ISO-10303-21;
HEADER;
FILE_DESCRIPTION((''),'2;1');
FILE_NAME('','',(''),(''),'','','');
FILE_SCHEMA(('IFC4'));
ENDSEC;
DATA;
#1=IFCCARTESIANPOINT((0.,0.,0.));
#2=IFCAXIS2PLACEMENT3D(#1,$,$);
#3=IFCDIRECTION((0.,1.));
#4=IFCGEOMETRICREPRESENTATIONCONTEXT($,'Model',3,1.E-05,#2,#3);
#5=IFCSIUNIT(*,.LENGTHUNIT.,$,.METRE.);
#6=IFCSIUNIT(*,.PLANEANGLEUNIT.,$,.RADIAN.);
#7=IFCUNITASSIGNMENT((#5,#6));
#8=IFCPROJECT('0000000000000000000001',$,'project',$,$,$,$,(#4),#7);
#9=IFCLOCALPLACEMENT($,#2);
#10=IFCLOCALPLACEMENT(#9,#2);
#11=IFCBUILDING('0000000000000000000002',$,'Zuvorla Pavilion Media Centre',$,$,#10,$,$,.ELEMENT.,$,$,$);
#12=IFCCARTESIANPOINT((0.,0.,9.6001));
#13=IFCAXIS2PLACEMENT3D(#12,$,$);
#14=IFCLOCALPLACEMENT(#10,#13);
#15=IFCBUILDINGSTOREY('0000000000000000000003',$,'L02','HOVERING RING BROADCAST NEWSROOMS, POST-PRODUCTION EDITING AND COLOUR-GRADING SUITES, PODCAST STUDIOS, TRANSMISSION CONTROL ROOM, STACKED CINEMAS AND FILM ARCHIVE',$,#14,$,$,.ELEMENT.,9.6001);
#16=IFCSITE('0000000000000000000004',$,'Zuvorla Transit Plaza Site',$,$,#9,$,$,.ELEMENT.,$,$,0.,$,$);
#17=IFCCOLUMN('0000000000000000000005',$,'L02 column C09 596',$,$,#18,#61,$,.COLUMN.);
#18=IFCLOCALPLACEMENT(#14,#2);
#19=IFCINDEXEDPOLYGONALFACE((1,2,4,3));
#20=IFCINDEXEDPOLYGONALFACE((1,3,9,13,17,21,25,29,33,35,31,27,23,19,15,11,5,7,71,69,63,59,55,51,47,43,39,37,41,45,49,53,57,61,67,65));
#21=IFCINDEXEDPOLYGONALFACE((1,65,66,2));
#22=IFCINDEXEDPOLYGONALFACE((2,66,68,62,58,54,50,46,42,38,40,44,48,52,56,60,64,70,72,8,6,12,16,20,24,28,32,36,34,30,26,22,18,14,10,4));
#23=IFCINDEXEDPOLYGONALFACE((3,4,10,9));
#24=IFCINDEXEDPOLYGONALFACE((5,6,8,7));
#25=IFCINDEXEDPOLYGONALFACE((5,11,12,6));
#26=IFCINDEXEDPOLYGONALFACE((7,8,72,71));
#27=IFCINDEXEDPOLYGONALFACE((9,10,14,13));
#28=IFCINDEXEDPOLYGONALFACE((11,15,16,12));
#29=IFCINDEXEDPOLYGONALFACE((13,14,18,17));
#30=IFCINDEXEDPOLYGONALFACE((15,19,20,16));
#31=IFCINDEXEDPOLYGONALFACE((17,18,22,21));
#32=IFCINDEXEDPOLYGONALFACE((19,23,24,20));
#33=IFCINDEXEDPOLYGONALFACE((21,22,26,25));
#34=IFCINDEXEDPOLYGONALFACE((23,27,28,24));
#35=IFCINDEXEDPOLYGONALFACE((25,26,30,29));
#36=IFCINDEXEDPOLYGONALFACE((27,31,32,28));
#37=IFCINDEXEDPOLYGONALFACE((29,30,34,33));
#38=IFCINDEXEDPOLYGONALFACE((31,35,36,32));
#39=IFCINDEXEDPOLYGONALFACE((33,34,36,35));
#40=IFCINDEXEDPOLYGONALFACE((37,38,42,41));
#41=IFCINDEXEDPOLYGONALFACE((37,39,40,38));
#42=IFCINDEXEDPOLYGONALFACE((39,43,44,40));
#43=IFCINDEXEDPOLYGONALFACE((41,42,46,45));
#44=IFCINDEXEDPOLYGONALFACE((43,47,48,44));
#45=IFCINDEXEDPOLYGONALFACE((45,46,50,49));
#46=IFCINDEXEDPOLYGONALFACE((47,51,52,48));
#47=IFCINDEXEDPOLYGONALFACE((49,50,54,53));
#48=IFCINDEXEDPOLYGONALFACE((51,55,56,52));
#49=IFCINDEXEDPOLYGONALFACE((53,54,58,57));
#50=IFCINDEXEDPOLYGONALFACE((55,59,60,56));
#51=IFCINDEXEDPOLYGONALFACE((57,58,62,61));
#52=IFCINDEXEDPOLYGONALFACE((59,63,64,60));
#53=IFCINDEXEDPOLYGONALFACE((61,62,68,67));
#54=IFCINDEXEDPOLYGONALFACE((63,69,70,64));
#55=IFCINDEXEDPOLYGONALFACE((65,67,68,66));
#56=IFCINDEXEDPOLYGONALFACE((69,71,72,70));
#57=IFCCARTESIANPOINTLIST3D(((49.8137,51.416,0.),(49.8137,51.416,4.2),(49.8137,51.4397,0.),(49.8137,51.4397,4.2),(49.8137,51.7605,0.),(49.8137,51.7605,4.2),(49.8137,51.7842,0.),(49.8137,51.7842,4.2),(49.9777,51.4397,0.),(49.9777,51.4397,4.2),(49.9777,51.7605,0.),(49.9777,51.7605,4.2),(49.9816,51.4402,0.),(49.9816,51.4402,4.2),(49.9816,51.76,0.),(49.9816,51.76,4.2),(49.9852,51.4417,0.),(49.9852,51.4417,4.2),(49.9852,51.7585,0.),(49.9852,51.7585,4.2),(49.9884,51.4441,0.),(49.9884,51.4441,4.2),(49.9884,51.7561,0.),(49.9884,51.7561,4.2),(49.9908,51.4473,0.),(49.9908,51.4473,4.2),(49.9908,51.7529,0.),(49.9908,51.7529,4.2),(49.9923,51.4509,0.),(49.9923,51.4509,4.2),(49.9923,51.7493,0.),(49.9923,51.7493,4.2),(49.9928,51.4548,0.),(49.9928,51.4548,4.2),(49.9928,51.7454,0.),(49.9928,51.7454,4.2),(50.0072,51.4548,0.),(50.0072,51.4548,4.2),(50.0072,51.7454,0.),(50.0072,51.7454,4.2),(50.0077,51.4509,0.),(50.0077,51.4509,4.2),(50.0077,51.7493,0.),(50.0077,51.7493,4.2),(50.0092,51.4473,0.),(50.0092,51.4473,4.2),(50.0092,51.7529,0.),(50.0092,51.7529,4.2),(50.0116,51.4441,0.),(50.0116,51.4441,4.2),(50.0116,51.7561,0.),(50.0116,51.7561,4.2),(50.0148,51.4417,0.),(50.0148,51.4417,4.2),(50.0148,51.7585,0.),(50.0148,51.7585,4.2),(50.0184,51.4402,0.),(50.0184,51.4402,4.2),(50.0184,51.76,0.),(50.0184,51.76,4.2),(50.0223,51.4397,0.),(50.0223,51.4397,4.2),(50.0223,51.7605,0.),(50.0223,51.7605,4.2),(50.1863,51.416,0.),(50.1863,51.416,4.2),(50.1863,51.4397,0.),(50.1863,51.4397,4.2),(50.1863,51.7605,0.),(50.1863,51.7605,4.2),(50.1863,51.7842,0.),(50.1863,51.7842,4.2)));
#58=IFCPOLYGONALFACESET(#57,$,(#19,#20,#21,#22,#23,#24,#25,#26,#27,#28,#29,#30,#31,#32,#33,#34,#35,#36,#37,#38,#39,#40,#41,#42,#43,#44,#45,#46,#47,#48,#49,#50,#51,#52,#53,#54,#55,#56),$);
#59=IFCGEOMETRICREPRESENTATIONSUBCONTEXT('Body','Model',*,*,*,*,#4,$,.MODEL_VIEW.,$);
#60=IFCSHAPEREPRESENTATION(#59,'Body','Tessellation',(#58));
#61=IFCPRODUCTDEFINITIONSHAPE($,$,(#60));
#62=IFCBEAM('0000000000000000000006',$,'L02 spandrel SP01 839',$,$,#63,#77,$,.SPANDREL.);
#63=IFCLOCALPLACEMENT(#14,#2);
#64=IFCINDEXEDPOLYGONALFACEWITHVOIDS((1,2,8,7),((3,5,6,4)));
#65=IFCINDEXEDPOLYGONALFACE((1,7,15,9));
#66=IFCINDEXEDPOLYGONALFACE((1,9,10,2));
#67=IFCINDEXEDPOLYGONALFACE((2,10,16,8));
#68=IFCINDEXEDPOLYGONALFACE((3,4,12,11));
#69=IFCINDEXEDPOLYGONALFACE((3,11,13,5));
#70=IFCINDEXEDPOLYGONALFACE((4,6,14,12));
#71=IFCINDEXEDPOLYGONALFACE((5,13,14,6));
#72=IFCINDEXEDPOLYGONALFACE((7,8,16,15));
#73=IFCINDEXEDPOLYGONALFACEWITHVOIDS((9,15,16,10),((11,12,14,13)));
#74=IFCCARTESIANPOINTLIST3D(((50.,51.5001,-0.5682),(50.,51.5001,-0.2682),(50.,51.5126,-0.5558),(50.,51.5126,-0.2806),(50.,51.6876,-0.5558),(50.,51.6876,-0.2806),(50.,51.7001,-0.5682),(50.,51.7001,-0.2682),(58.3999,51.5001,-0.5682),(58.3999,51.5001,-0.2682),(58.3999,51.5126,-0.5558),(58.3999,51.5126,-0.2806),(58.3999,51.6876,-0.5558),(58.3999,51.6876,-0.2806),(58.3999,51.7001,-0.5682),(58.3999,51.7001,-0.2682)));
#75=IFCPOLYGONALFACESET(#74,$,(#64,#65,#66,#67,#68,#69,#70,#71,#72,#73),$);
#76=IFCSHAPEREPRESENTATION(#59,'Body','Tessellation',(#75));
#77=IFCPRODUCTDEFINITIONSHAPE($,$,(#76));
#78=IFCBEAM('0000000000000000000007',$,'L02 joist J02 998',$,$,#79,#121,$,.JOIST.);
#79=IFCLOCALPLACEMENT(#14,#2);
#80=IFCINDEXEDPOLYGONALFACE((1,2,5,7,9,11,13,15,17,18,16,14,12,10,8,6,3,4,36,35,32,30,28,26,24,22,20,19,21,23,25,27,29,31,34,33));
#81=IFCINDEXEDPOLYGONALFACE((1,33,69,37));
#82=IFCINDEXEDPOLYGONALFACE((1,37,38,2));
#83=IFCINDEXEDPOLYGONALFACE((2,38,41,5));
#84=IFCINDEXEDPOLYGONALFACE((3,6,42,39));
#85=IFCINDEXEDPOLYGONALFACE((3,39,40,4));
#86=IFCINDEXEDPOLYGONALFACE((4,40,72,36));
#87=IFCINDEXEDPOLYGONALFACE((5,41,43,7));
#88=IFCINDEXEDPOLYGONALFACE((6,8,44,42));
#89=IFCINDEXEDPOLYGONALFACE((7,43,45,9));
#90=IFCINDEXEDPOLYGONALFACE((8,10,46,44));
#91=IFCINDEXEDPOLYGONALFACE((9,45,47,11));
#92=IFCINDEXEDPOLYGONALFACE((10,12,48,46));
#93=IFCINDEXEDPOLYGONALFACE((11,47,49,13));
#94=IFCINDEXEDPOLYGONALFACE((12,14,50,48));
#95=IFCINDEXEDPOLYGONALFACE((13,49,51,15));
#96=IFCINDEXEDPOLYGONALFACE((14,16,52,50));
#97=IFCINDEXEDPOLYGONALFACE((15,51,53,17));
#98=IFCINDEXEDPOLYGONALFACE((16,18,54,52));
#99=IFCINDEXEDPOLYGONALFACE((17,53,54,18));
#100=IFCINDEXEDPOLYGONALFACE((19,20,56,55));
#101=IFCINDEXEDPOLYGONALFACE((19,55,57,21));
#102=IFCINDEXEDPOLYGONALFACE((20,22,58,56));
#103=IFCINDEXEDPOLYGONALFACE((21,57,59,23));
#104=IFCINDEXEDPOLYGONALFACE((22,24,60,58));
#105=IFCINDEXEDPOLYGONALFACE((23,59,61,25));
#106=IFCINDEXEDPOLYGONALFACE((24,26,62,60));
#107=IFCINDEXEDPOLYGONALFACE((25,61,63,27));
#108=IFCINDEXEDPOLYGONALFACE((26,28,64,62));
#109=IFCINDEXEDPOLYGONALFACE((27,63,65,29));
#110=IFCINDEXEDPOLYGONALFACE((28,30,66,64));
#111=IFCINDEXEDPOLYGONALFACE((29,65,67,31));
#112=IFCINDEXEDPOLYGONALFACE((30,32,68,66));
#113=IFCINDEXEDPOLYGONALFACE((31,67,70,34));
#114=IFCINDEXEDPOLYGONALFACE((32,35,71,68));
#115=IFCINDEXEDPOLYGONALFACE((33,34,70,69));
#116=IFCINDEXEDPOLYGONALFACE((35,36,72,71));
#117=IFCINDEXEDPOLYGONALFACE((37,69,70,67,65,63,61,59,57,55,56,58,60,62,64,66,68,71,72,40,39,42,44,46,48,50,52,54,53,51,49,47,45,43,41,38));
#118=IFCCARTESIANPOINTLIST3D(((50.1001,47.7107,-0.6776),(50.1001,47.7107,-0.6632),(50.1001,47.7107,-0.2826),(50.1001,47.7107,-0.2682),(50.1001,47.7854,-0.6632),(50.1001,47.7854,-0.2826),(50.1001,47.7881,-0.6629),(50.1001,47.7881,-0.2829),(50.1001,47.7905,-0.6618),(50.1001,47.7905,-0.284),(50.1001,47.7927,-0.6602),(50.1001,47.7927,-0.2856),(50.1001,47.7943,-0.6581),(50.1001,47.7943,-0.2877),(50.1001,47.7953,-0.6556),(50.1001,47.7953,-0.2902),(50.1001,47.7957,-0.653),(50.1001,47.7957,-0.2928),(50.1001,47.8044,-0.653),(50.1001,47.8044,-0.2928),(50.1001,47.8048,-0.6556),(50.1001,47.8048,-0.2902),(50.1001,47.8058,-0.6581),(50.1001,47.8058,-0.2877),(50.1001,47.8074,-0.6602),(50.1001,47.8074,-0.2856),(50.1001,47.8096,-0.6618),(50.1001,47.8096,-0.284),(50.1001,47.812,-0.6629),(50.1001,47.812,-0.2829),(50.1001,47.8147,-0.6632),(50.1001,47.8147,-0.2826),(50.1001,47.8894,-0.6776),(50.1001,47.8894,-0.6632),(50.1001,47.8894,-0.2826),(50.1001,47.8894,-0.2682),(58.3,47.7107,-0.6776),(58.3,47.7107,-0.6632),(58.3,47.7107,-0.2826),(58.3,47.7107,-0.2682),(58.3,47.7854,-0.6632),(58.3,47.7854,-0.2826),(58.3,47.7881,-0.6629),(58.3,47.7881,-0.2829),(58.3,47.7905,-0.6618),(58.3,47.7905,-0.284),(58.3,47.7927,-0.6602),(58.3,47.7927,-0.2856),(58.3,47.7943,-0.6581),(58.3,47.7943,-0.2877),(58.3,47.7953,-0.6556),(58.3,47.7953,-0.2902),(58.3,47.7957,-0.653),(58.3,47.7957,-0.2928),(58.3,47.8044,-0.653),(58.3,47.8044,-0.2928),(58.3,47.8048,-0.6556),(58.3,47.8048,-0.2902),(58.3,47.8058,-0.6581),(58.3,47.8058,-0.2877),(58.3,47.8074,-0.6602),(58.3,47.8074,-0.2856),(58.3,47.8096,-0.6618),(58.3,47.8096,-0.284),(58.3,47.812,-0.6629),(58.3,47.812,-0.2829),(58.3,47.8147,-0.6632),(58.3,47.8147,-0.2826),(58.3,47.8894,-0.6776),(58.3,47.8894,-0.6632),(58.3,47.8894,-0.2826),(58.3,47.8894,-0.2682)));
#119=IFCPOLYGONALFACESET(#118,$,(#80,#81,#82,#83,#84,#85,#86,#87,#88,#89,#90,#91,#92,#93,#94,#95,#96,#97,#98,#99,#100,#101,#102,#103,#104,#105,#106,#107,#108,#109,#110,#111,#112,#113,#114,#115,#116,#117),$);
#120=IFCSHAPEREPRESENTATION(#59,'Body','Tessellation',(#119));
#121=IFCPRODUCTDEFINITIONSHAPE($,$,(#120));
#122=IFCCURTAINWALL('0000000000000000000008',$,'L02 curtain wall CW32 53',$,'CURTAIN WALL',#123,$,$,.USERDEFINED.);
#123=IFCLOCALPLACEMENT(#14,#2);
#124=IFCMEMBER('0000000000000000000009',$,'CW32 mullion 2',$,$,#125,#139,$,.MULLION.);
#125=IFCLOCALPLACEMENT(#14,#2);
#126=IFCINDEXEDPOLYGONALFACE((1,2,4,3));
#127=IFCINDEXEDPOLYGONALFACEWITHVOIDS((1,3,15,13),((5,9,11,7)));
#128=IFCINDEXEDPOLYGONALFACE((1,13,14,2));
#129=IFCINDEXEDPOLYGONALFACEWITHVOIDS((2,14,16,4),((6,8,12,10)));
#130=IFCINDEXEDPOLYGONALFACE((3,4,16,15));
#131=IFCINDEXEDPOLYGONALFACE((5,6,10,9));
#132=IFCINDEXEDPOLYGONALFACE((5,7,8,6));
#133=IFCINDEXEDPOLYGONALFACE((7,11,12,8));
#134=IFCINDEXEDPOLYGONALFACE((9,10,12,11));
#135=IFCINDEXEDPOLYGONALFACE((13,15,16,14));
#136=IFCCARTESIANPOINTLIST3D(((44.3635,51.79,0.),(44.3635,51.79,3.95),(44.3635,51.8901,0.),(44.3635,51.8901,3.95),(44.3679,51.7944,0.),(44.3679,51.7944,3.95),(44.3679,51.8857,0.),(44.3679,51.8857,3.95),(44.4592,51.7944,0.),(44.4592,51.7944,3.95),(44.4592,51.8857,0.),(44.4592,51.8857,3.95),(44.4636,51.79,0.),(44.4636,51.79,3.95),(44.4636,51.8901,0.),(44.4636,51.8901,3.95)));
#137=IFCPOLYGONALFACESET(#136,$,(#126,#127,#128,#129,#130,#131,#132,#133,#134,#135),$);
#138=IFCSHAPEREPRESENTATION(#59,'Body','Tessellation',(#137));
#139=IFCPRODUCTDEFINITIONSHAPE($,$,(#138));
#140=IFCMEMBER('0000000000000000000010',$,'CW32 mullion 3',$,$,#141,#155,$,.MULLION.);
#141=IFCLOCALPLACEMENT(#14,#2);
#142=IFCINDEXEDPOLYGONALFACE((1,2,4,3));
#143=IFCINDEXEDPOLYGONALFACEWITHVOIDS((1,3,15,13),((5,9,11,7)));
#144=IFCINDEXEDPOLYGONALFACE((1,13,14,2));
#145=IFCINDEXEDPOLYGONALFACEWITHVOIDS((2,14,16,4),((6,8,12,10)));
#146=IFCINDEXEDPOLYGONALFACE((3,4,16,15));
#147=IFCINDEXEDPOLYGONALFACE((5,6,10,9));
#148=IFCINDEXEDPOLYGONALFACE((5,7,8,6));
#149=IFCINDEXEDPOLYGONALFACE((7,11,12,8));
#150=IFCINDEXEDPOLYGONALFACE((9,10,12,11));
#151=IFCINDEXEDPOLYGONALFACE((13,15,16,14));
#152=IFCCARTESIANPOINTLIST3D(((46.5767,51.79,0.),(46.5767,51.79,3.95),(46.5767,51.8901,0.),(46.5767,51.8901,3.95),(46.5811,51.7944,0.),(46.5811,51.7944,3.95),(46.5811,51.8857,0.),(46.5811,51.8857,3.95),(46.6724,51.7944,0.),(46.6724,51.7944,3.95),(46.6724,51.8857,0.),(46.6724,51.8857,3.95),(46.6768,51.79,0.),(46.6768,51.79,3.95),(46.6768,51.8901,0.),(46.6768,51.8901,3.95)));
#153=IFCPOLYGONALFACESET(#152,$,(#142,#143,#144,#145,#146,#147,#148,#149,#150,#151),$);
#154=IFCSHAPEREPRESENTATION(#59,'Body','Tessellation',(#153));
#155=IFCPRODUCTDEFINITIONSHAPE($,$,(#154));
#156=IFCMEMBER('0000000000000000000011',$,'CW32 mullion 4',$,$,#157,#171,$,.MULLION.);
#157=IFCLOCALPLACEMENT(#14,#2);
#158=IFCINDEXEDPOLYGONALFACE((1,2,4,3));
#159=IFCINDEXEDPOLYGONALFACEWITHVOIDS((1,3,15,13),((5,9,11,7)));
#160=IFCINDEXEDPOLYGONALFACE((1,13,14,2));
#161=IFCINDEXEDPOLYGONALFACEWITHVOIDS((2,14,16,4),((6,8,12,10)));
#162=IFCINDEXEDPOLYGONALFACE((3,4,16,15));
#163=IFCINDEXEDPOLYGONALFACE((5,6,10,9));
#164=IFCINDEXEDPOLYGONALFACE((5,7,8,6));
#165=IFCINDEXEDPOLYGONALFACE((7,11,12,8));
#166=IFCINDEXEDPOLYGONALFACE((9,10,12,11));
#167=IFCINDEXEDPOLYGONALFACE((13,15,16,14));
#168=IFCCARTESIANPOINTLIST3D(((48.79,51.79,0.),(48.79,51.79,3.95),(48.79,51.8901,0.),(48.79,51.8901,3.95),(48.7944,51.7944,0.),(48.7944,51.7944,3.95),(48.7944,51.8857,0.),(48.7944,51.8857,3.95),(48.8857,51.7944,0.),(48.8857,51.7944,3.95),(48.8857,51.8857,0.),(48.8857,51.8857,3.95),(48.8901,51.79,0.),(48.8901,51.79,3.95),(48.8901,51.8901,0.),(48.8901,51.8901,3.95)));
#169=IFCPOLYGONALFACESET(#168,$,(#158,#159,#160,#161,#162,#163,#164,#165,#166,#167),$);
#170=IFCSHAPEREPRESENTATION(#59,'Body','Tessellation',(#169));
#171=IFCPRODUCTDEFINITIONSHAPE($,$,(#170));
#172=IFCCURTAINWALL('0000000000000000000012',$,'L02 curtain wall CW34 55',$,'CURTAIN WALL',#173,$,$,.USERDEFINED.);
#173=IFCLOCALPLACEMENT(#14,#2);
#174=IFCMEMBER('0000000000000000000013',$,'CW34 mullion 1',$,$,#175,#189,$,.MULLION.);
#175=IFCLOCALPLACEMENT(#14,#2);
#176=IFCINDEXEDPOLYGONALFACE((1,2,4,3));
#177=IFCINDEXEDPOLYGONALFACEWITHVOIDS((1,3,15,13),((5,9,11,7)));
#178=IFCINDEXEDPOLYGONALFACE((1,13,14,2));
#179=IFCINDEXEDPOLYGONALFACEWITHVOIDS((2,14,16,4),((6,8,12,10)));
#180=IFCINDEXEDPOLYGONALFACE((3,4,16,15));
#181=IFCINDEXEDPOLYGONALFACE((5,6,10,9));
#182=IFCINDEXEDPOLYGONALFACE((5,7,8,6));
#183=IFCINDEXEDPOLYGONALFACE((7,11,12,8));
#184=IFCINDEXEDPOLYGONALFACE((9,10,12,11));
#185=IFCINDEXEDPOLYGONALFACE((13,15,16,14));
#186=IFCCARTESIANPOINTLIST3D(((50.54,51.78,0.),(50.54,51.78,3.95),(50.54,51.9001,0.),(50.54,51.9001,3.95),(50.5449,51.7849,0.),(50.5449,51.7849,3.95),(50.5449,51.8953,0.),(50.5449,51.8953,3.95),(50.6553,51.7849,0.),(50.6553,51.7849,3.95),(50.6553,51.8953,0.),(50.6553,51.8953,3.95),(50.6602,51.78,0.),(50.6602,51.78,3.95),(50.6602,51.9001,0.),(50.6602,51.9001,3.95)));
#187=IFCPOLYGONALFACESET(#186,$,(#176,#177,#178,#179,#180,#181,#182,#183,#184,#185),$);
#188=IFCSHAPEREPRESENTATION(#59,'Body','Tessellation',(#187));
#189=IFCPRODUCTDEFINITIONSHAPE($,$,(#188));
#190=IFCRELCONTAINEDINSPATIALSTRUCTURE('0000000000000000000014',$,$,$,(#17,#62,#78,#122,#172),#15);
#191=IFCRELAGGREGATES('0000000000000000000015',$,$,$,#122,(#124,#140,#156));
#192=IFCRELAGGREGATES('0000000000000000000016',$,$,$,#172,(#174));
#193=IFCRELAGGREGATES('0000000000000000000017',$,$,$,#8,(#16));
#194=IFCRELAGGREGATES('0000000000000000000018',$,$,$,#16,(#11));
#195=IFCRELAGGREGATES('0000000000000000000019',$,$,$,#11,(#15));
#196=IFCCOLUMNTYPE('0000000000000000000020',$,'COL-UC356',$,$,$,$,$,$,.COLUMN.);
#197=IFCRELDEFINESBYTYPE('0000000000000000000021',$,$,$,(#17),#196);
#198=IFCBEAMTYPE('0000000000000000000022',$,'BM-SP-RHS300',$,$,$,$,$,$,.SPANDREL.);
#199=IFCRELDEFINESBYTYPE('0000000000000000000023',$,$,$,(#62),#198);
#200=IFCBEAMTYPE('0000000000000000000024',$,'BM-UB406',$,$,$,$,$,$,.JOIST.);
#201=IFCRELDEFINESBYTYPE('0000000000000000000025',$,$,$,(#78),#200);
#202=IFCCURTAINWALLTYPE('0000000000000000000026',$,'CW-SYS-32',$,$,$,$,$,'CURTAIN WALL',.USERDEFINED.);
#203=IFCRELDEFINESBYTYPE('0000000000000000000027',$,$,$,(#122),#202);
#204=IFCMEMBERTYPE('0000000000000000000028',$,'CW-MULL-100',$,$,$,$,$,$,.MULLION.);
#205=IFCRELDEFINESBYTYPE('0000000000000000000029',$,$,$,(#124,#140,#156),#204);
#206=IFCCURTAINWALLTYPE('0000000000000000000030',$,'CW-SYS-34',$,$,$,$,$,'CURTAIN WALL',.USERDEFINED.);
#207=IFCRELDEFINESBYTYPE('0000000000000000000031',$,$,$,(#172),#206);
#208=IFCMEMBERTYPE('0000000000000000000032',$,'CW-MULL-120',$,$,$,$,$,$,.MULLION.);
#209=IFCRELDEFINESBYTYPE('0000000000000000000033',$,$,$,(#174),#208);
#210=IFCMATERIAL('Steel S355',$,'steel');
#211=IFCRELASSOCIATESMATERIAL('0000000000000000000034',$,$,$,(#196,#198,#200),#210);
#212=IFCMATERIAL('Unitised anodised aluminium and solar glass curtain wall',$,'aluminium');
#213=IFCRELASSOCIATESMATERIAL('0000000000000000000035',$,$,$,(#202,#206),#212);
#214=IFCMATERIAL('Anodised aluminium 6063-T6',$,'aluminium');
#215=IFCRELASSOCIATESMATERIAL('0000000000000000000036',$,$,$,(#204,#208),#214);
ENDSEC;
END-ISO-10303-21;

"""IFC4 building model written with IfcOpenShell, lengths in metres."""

from ifc_helpers import new_model, si_unit, direction, frame, origin, origin_2d, place, context, subcontext, project, spatial, hollow_rectangle, i_section, extrude, material, material_profile, profile_set, type_object, element, aggregate, save


model = new_model("IFC4")

# Units and contexts
model_context = context("Model", 3, precision=1e-05, world=origin(), true_north=direction((0.0, 1.0)))
body_context = subcontext(model_context, "Body", "Model", "MODEL_VIEW")
ifc_project = project(units=[si_unit("LENGTHUNIT", "METRE"), si_unit("PLANEANGLEUNIT", "RADIAN")], contexts=[model_context])

# Site, building, storey
site_placement = place(None, origin())
site = spatial("IfcSite", under=ifc_project, at=site_placement, Name="Zuvorla Transit Plaza Site", CompositionType="ELEMENT", RefElevation=0.0)
building_placement = place(site_placement, origin())
building = spatial("IfcBuilding", under=site, at=building_placement, Name="Zuvorla Pavilion Media Centre", CompositionType="ELEMENT")
storey_placement = place(building_placement, frame((0.0, 0.0, 9.6001)))
storey = spatial("IfcBuildingStorey", under=building, at=storey_placement, Name="L02", Description="HOVERING RING BROADCAST NEWSROOMS, POST-PRODUCTION EDITING AND COLOUR-GRADING SUITES, PODCAST STUDIOS, TRANSMISSION CONTROL ROOM, STACKED CINEMAS AND FILM ARCHIVE", CompositionType="ELEMENT", Elevation=9.6001)

# Column
ifc_material_1 = material(Name="Steel S355", Category="steel")
ifc_material_profile_1 = material_profile(ifc_material_1, i_section(OverallWidth=0.3726, OverallDepth=0.3682, WebThickness=0.0144, FlangeThickness=0.0237, FilletRadius=0.0151, at=origin_2d()), Name="UC 356x368x177")
ifc_profile_set_1 = profile_set([ifc_material_profile_1], Name="Steel S355")
column_type = type_object("IfcColumnType", Name="COL-UC356", PredefinedType="COLUMN", material=ifc_profile_set_1)
column_placement = place(storey_placement, frame((50.0, 51.6001, 0.0), z_axis=(0.0, 0.0, 1.0), x_axis=(1.0, 0.0, 0.0)))
element("IfcColumn", 1, at=column_placement, inside=storey, type_object=column_type, Name="L02 column C09 596", PredefinedType="COLUMN", context=body_context, shape_type="SweptSolid", body=[
    extrude(i_section(OverallWidth=0.3726, OverallDepth=0.3682, WebThickness=0.0144, FlangeThickness=0.0237, FilletRadius=0.0151, at=origin_2d()), origin(), (0.0, 0.0, 1.0), 4.2),
])

# Beams
ifc_material_profile_2 = material_profile(ifc_material_1, hollow_rectangle(XDim=0.2, YDim=0.3, WallThickness=0.0125, at=origin_2d()), Name="RHS 300x200x12.5")
ifc_profile_set_2 = profile_set([ifc_material_profile_2], Name="Steel S355")
beam_type_1 = type_object("IfcBeamType", Name="BM-SP-RHS300", PredefinedType="SPANDREL", material=ifc_profile_set_2)
beam_1_placement = place(storey_placement, frame((50.0, 51.6001, -0.4182), z_axis=(1.0, 0.0, 0.0), x_axis=(0.0, 1.0, 0.0)))
element("IfcBeam", 2, at=beam_1_placement, inside=storey, type_object=beam_type_1, Name="L02 spandrel SP01 839", PredefinedType="SPANDREL", context=body_context, shape_type="SweptSolid", body=[
    extrude(hollow_rectangle(XDim=0.2, YDim=0.3, WallThickness=0.0125, at=origin_2d()), origin(), (0.0, 0.0, 1.0), 8.3999),
])
ifc_material_profile_3 = material_profile(ifc_material_1, i_section(OverallWidth=0.1787, OverallDepth=0.4094, WebThickness=0.0088, FlangeThickness=0.0144, FilletRadius=0.0103, at=origin_2d()), Name="UB 406x178x67")
ifc_profile_set_3 = profile_set([ifc_material_profile_3], Name="Steel S355")
beam_type_2 = type_object("IfcBeamType", Name="BM-UB406", PredefinedType="JOIST", material=ifc_profile_set_3)
beam_2_placement = place(storey_placement, frame((50.1001, 47.8, -0.4729), z_axis=(1.0, 0.0, 0.0), x_axis=(0.0, 1.0, 0.0)))
element("IfcBeam", 3, at=beam_2_placement, inside=storey, type_object=beam_type_2, Name="L02 joist J02 998", PredefinedType="JOIST", context=body_context, shape_type="SweptSolid", body=[
    extrude(i_section(OverallWidth=0.1787, OverallDepth=0.4094, WebThickness=0.0088, FlangeThickness=0.0144, FilletRadius=0.0103, at=origin_2d()), origin(), (0.0, 0.0, 1.0), 8.2),
])

# Curtain walls, members
ifc_material_2 = material(Name="Unitised anodised aluminium and solar glass curtain wall", Category="aluminium")
curtain_wall_type_1 = type_object("IfcCurtainWallType", Name="CW-SYS-32", ElementType="CURTAIN WALL", PredefinedType="USERDEFINED", material=ifc_material_2)
curtain_wall_1_placement = place(storey_placement, origin())
curtain_wall_1 = element("IfcCurtainWall", 4, at=curtain_wall_1_placement, inside=storey, type_object=curtain_wall_type_1, Name="L02 curtain wall CW32 53", ObjectType="CURTAIN WALL", PredefinedType="USERDEFINED")
ifc_material_3 = material(Name="Anodised aluminium 6063-T6", Category="aluminium")
ifc_material_profile_4 = material_profile(ifc_material_3, hollow_rectangle(XDim=0.1001, YDim=0.1001, WallThickness=0.0044, at=origin_2d()), Name="ALU MULL 100x100")
ifc_profile_set_4 = profile_set([ifc_material_profile_4], Name="Anodised aluminium 6063-T6")
member_type_1 = type_object("IfcMemberType", Name="CW-MULL-100", PredefinedType="MULLION", material=ifc_profile_set_4)
member_1_placement = place(storey_placement, frame((44.4136, 51.8401, 0.0), z_axis=(0.0, 0.0, 1.0), x_axis=(1.0, 0.0, 0.0)))
member_1 = element("IfcMember", 5, at=member_1_placement, type_object=member_type_1, Name="CW32 mullion 2", PredefinedType="MULLION", context=body_context, shape_type="SweptSolid", body=[
    extrude(hollow_rectangle(XDim=0.1001, YDim=0.1001, WallThickness=0.0044, at=origin_2d()), origin(), (0.0, 0.0, 1.0), 3.95),
])
member_2_placement = place(storey_placement, frame((46.6267, 51.8401, 0.0), z_axis=(0.0, 0.0, 1.0), x_axis=(1.0, 0.0, 0.0)))
member_2 = element("IfcMember", 6, at=member_2_placement, type_object=member_type_1, Name="CW32 mullion 3", PredefinedType="MULLION", context=body_context, shape_type="SweptSolid", body=[
    extrude(hollow_rectangle(XDim=0.1001, YDim=0.1001, WallThickness=0.0044, at=origin_2d()), origin(), (0.0, 0.0, 1.0), 3.95),
])
member_3_placement = place(storey_placement, frame((48.8401, 51.8401, 0.0), z_axis=(0.0, 0.0, 1.0), x_axis=(1.0, 0.0, 0.0)))
member_3 = element("IfcMember", 7, at=member_3_placement, type_object=member_type_1, Name="CW32 mullion 4", PredefinedType="MULLION", context=body_context, shape_type="SweptSolid", body=[
    extrude(hollow_rectangle(XDim=0.1001, YDim=0.1001, WallThickness=0.0044, at=origin_2d()), origin(), (0.0, 0.0, 1.0), 3.95),
])
curtain_wall_type_2 = type_object("IfcCurtainWallType", Name="CW-SYS-34", ElementType="CURTAIN WALL", PredefinedType="USERDEFINED", material=ifc_material_2)
curtain_wall_2_placement = place(storey_placement, origin())
curtain_wall_2 = element("IfcCurtainWall", 8, at=curtain_wall_2_placement, inside=storey, type_object=curtain_wall_type_2, Name="L02 curtain wall CW34 55", ObjectType="CURTAIN WALL", PredefinedType="USERDEFINED")
ifc_material_profile_5 = material_profile(ifc_material_3, hollow_rectangle(XDim=0.1201, YDim=0.1201, WallThickness=0.0049, at=origin_2d()), Name="ALU MULL 120x120")
ifc_profile_set_5 = profile_set([ifc_material_profile_5], Name="Anodised aluminium 6063-T6")
member_type_2 = type_object("IfcMemberType", Name="CW-MULL-120", PredefinedType="MULLION", material=ifc_profile_set_5)
member_4_placement = place(storey_placement, frame((50.6001, 51.8401, 0.0), z_axis=(0.0, 0.0, 1.0), x_axis=(1.0, 0.0, 0.0)))
member_4 = element("IfcMember", 9, at=member_4_placement, type_object=member_type_2, Name="CW34 mullion 1", PredefinedType="MULLION", context=body_context, shape_type="SweptSolid", body=[
    extrude(hollow_rectangle(XDim=0.1201, YDim=0.1201, WallThickness=0.0049, at=origin_2d()), origin(), (0.0, 0.0, 1.0), 3.95),
])

aggregate(curtain_wall_1, [member_1, member_2, member_3])
aggregate(curtain_wall_2, [member_4])

save(model, "model.ifc")
